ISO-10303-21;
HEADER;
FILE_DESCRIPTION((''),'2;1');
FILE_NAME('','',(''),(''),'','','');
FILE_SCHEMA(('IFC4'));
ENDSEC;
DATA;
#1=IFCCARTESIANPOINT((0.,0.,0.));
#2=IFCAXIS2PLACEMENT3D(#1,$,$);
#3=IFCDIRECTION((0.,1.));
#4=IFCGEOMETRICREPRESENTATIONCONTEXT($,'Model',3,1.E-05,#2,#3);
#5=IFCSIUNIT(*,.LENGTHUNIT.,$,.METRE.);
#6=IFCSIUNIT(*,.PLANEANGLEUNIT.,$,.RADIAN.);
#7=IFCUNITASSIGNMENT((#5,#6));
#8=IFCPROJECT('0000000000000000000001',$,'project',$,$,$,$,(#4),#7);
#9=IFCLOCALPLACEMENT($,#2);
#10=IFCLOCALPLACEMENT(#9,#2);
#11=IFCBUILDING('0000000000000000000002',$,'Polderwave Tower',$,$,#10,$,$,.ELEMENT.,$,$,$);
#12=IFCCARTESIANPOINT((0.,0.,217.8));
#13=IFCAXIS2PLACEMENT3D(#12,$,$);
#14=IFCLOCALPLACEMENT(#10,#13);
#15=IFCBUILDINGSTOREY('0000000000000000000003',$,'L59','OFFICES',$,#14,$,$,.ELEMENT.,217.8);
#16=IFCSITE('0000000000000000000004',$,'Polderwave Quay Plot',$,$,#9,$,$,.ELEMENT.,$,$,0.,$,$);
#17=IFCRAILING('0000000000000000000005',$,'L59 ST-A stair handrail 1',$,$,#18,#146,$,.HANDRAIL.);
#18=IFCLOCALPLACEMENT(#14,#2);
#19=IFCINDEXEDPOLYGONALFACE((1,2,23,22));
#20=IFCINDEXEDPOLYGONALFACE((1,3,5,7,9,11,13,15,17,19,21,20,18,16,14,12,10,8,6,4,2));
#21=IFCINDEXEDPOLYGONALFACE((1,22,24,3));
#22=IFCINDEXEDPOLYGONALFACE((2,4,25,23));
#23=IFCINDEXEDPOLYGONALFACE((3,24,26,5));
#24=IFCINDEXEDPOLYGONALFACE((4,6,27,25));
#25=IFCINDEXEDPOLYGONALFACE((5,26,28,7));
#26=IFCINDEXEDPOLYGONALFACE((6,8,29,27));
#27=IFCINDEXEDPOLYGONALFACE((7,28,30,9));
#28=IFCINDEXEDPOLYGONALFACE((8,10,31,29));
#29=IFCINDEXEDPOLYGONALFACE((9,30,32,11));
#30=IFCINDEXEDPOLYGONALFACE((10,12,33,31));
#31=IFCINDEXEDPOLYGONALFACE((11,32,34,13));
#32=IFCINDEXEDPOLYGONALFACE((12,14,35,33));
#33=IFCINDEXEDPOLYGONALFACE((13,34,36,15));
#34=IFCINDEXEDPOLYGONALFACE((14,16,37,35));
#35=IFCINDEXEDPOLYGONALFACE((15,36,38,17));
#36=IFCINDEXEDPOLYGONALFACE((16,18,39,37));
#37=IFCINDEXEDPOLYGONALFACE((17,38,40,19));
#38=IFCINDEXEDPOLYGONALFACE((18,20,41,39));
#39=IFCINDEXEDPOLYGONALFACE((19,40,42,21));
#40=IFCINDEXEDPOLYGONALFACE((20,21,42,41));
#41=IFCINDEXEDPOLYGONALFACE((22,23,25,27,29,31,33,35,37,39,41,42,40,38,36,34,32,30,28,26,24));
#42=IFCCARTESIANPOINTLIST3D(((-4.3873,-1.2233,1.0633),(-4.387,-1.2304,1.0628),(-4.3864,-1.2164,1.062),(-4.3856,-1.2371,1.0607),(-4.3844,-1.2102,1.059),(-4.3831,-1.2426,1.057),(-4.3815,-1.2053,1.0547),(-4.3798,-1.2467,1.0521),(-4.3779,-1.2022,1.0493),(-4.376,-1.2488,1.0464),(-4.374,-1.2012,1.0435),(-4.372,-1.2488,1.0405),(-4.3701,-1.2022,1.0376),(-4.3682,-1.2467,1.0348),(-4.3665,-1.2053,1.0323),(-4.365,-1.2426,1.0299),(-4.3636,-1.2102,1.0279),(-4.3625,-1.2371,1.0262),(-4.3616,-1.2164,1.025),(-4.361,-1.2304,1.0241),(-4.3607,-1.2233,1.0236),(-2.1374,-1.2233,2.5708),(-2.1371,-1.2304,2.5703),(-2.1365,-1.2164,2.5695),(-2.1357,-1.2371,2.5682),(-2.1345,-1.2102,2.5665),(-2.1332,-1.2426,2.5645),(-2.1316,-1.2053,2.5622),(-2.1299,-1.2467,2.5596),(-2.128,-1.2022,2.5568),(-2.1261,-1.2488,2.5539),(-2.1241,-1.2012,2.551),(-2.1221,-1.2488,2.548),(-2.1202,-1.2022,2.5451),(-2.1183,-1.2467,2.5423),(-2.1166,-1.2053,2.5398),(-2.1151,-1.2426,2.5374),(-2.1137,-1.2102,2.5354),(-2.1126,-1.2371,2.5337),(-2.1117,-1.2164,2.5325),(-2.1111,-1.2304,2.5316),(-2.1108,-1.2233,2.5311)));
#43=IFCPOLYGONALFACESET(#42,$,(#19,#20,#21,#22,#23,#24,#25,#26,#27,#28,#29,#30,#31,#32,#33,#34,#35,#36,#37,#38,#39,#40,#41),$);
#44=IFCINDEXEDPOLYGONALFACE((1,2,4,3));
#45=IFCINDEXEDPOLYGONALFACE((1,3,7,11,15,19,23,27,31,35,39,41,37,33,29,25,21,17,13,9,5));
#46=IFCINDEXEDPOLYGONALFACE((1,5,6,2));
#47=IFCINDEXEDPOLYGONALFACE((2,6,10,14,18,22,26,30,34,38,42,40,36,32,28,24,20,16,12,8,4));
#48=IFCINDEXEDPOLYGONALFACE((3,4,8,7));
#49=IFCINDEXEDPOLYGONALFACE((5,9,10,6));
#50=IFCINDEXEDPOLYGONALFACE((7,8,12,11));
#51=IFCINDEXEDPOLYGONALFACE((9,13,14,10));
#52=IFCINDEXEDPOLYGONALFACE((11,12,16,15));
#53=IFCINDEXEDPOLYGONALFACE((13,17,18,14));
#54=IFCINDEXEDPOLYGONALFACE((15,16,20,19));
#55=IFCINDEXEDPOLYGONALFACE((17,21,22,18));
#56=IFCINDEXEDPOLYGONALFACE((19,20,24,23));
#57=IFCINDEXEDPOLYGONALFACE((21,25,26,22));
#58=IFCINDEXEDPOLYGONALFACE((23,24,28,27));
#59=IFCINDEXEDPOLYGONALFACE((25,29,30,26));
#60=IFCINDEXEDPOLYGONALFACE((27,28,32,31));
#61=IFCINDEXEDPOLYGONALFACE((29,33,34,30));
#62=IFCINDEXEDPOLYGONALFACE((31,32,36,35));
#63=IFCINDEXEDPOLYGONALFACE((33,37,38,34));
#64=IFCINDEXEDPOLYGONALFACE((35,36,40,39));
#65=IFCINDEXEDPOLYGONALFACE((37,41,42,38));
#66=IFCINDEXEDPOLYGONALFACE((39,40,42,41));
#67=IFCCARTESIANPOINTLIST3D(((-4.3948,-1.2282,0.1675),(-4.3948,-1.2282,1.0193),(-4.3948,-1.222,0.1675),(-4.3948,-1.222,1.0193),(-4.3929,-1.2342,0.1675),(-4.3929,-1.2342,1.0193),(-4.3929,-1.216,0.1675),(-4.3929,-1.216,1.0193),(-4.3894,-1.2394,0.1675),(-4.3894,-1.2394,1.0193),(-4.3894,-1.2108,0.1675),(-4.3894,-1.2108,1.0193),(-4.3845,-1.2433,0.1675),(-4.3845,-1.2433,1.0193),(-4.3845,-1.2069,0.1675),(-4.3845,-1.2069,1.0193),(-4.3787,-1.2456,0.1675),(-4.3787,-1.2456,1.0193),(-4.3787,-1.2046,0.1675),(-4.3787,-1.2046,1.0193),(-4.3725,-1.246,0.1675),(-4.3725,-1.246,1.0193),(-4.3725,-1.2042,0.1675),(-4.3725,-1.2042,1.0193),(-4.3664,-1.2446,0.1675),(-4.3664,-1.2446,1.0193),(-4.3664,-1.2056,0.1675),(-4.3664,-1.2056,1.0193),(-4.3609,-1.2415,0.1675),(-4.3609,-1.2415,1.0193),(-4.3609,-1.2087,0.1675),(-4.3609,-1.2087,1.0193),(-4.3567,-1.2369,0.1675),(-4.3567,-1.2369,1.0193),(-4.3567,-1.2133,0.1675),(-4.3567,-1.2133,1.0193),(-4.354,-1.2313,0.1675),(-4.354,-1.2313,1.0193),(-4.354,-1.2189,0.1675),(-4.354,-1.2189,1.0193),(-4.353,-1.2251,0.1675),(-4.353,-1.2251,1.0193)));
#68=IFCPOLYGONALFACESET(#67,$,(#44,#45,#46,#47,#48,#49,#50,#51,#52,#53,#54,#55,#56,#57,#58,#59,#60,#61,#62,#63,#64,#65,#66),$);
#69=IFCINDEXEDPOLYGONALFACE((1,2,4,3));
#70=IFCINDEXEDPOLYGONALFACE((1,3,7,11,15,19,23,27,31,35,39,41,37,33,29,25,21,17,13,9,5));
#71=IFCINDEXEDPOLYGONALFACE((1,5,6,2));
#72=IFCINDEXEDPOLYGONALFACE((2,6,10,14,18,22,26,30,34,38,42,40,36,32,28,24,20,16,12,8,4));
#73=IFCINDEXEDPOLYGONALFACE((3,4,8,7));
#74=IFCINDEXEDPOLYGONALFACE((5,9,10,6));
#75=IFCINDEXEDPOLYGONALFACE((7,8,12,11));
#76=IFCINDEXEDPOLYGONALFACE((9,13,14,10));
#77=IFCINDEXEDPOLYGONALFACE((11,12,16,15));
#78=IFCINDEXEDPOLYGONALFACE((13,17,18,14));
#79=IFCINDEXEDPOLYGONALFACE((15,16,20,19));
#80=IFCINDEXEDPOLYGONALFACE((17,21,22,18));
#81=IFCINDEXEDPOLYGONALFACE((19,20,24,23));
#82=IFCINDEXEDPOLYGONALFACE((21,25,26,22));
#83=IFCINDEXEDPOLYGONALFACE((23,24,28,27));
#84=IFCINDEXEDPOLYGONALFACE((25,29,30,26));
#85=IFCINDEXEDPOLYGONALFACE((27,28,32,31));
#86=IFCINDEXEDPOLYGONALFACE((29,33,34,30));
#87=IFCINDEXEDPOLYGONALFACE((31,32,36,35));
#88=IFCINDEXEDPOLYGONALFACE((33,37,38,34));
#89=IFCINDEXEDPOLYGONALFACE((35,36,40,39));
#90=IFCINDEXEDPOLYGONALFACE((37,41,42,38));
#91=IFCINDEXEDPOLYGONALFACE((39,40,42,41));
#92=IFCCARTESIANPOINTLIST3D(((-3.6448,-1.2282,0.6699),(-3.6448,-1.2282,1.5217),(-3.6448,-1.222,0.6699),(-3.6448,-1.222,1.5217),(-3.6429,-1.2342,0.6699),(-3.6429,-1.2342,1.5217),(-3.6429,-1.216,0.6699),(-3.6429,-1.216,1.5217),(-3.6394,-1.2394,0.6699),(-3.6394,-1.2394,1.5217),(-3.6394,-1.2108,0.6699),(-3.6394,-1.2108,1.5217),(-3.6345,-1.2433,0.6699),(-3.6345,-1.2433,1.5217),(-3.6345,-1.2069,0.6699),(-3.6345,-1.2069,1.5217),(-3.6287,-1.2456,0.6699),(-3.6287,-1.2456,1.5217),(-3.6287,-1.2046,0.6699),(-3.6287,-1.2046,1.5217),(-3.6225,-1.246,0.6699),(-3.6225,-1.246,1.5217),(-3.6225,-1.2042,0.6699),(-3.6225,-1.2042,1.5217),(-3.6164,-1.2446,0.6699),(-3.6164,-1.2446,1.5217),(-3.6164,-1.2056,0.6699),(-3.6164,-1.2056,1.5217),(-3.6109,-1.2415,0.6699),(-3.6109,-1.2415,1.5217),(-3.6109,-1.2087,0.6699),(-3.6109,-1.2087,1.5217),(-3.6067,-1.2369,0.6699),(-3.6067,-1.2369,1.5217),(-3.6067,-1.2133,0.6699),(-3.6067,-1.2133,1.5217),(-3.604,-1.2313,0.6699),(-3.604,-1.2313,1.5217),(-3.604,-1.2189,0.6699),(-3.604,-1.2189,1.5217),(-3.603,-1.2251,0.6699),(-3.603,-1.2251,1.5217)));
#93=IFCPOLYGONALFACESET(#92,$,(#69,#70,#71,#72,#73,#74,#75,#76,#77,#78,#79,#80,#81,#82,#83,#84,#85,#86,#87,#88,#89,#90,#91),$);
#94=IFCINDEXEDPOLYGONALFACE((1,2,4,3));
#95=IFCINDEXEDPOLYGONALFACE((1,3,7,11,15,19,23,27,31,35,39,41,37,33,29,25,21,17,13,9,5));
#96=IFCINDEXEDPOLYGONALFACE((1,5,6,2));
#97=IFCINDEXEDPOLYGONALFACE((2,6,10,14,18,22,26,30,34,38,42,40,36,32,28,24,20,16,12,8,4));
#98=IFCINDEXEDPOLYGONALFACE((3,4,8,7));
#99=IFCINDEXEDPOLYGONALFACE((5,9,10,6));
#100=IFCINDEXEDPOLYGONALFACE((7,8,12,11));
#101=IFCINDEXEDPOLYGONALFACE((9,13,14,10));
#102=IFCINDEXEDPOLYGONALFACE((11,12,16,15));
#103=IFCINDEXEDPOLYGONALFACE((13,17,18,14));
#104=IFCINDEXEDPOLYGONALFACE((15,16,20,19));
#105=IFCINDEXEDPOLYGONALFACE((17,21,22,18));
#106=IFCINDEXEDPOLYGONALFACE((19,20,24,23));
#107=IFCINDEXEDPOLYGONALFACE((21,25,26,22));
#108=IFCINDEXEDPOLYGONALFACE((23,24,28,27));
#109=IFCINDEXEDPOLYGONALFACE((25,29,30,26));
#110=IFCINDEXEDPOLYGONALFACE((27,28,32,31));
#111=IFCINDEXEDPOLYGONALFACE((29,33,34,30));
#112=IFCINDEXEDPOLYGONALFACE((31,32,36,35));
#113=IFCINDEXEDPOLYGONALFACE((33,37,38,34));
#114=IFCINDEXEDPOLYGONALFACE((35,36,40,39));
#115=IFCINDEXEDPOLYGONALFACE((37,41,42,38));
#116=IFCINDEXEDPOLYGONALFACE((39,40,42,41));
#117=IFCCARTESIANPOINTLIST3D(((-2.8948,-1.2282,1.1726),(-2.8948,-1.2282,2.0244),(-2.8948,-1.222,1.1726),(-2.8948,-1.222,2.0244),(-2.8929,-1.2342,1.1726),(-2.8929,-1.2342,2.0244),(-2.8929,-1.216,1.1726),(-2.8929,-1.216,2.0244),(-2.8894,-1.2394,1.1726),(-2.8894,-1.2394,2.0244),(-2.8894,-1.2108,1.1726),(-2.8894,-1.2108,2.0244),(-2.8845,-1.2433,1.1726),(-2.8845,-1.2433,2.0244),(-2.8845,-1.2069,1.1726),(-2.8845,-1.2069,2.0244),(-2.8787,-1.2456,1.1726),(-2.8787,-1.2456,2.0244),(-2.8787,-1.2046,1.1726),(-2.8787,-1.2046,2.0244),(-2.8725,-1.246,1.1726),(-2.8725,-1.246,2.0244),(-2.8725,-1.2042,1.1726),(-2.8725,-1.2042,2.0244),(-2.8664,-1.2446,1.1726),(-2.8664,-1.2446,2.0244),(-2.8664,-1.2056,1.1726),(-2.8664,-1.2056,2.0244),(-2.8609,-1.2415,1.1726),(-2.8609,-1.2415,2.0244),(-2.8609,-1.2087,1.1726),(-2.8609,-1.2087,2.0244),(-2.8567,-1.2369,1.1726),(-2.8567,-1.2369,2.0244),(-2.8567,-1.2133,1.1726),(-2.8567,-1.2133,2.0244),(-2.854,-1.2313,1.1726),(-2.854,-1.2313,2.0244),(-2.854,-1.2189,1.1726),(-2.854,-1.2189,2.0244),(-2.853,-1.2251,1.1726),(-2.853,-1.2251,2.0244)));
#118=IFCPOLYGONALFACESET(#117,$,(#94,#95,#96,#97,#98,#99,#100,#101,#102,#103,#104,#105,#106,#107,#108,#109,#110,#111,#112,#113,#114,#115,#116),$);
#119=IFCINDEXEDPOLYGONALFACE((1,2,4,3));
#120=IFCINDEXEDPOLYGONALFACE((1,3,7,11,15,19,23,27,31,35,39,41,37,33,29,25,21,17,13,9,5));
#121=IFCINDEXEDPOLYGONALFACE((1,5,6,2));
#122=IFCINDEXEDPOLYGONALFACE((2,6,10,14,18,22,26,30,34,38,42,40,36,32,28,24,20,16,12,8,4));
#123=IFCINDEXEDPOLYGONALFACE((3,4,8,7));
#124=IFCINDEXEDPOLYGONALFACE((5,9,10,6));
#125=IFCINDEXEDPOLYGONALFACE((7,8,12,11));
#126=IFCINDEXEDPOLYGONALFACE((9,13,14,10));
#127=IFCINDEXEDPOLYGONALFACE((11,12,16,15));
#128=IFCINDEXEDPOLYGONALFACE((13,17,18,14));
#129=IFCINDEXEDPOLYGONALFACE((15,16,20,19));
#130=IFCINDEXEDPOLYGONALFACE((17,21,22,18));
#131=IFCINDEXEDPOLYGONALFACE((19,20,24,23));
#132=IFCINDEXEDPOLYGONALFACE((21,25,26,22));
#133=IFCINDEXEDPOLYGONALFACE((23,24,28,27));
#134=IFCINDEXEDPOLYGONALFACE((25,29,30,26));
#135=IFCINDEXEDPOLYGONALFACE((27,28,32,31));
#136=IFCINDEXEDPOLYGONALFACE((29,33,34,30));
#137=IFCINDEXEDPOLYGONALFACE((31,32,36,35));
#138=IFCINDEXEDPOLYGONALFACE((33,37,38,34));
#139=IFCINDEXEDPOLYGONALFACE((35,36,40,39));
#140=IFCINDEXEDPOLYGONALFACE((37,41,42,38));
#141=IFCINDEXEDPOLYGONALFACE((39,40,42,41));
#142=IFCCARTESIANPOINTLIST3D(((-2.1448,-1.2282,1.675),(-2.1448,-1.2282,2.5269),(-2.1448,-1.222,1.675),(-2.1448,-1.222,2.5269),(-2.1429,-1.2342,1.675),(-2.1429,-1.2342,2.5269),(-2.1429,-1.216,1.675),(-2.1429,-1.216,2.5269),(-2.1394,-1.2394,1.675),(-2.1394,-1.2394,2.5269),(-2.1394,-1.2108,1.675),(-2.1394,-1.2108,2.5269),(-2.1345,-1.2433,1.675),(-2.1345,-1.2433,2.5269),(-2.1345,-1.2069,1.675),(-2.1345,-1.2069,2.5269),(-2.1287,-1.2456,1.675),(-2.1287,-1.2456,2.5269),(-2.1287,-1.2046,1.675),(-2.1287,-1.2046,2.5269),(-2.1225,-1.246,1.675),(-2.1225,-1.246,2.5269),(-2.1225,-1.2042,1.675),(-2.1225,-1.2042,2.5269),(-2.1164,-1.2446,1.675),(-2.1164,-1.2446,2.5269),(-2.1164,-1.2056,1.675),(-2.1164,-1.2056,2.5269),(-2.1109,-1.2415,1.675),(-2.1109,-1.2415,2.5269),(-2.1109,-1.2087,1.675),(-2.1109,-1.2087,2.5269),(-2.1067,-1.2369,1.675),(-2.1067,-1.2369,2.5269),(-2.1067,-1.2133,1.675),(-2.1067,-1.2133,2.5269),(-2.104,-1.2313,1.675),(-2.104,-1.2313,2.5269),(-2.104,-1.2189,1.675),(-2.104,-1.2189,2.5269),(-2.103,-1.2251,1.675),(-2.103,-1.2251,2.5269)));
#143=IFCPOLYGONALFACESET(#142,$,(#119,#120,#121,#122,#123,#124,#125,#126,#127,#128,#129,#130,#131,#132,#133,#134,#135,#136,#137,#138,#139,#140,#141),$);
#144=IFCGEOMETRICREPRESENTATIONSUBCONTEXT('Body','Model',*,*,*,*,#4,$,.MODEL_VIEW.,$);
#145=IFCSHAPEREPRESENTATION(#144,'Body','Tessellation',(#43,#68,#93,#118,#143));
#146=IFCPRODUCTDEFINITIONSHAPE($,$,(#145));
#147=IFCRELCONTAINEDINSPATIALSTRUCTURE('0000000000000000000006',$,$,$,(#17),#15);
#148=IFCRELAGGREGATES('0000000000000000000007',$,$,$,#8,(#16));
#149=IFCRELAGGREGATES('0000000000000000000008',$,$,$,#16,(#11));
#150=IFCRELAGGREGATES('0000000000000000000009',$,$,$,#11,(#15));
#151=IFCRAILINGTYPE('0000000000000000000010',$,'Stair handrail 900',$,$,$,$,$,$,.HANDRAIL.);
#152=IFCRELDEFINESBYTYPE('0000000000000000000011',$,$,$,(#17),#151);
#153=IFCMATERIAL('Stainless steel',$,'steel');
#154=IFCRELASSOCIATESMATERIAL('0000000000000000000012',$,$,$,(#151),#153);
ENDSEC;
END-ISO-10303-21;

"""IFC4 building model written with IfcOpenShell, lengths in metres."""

from ifc_helpers import new_model, si_unit, direction, frame, origin, origin_2d, place, context, subcontext, project, spatial, circle, extrude, material, type_object, element, save


model = new_model("IFC4")

# Units and contexts
model_context = context("Model", 3, precision=1e-05, world=origin(), true_north=direction((0.0, 1.0)))
body_context = subcontext(model_context, "Body", "Model", "MODEL_VIEW")
ifc_project = project(units=[si_unit("LENGTHUNIT", "METRE"), si_unit("PLANEANGLEUNIT", "RADIAN")], contexts=[model_context])

# Site, building, storey
site_placement = place(None, origin())
site = spatial("IfcSite", under=ifc_project, at=site_placement, Name="Polderwave Quay Plot", CompositionType="ELEMENT", RefElevation=0.0)
building_placement = place(site_placement, origin())
building = spatial("IfcBuilding", under=site, at=building_placement, Name="Polderwave Tower", CompositionType="ELEMENT")
storey_placement = place(building_placement, frame((0.0, 0.0, 217.8)))
storey = spatial("IfcBuildingStorey", under=building, at=storey_placement, Name="L59", Description="OFFICES", CompositionType="ELEMENT", Elevation=217.8)

# Shared definitions
ifc_material_1 = material(Name="Stainless steel", Category="steel")

# Railing
railing_type_1 = type_object("IfcRailingType", Name="Stair handrail 900", PredefinedType="HANDRAIL", material=ifc_material_1)
railing_1_placement = place(storey_placement, frame((-4.374, -1.2251, 0.1675)))
element("IfcRailing", 1, at=railing_1_placement, inside=storey, type_object=railing_type_1, Name="L59 ST-A stair handrail 1", PredefinedType="HANDRAIL", context=body_context, shape_type="SweptSolid", body=[
    extrude(circle(Radius=0.0239, at=origin_2d()), frame((0.0, 0.0, 0.876), z_axis=(0.830758, 0.0, 0.556633), x_axis=(0.0, 1.0, 0.0)), (0.0, 0.0, 1.0), 2.7083),
    extrude(circle(Radius=0.021, at=origin_2d()), origin(), (0.0, 0.0, 1.0), 0.8518),
    extrude(circle(Radius=0.021, at=origin_2d()), frame((0.75, 0.0, 0.5024)), (0.0, 0.0, 1.0), 0.8518),
    extrude(circle(Radius=0.021, at=origin_2d()), frame((1.5, 0.0, 1.0051)), (0.0, 0.0, 1.0), 0.8518),
    extrude(circle(Radius=0.021, at=origin_2d()), frame((2.25, 0.0, 1.5076)), (0.0, 0.0, 1.0), 0.8518),
])

save(model, "model.ifc")
